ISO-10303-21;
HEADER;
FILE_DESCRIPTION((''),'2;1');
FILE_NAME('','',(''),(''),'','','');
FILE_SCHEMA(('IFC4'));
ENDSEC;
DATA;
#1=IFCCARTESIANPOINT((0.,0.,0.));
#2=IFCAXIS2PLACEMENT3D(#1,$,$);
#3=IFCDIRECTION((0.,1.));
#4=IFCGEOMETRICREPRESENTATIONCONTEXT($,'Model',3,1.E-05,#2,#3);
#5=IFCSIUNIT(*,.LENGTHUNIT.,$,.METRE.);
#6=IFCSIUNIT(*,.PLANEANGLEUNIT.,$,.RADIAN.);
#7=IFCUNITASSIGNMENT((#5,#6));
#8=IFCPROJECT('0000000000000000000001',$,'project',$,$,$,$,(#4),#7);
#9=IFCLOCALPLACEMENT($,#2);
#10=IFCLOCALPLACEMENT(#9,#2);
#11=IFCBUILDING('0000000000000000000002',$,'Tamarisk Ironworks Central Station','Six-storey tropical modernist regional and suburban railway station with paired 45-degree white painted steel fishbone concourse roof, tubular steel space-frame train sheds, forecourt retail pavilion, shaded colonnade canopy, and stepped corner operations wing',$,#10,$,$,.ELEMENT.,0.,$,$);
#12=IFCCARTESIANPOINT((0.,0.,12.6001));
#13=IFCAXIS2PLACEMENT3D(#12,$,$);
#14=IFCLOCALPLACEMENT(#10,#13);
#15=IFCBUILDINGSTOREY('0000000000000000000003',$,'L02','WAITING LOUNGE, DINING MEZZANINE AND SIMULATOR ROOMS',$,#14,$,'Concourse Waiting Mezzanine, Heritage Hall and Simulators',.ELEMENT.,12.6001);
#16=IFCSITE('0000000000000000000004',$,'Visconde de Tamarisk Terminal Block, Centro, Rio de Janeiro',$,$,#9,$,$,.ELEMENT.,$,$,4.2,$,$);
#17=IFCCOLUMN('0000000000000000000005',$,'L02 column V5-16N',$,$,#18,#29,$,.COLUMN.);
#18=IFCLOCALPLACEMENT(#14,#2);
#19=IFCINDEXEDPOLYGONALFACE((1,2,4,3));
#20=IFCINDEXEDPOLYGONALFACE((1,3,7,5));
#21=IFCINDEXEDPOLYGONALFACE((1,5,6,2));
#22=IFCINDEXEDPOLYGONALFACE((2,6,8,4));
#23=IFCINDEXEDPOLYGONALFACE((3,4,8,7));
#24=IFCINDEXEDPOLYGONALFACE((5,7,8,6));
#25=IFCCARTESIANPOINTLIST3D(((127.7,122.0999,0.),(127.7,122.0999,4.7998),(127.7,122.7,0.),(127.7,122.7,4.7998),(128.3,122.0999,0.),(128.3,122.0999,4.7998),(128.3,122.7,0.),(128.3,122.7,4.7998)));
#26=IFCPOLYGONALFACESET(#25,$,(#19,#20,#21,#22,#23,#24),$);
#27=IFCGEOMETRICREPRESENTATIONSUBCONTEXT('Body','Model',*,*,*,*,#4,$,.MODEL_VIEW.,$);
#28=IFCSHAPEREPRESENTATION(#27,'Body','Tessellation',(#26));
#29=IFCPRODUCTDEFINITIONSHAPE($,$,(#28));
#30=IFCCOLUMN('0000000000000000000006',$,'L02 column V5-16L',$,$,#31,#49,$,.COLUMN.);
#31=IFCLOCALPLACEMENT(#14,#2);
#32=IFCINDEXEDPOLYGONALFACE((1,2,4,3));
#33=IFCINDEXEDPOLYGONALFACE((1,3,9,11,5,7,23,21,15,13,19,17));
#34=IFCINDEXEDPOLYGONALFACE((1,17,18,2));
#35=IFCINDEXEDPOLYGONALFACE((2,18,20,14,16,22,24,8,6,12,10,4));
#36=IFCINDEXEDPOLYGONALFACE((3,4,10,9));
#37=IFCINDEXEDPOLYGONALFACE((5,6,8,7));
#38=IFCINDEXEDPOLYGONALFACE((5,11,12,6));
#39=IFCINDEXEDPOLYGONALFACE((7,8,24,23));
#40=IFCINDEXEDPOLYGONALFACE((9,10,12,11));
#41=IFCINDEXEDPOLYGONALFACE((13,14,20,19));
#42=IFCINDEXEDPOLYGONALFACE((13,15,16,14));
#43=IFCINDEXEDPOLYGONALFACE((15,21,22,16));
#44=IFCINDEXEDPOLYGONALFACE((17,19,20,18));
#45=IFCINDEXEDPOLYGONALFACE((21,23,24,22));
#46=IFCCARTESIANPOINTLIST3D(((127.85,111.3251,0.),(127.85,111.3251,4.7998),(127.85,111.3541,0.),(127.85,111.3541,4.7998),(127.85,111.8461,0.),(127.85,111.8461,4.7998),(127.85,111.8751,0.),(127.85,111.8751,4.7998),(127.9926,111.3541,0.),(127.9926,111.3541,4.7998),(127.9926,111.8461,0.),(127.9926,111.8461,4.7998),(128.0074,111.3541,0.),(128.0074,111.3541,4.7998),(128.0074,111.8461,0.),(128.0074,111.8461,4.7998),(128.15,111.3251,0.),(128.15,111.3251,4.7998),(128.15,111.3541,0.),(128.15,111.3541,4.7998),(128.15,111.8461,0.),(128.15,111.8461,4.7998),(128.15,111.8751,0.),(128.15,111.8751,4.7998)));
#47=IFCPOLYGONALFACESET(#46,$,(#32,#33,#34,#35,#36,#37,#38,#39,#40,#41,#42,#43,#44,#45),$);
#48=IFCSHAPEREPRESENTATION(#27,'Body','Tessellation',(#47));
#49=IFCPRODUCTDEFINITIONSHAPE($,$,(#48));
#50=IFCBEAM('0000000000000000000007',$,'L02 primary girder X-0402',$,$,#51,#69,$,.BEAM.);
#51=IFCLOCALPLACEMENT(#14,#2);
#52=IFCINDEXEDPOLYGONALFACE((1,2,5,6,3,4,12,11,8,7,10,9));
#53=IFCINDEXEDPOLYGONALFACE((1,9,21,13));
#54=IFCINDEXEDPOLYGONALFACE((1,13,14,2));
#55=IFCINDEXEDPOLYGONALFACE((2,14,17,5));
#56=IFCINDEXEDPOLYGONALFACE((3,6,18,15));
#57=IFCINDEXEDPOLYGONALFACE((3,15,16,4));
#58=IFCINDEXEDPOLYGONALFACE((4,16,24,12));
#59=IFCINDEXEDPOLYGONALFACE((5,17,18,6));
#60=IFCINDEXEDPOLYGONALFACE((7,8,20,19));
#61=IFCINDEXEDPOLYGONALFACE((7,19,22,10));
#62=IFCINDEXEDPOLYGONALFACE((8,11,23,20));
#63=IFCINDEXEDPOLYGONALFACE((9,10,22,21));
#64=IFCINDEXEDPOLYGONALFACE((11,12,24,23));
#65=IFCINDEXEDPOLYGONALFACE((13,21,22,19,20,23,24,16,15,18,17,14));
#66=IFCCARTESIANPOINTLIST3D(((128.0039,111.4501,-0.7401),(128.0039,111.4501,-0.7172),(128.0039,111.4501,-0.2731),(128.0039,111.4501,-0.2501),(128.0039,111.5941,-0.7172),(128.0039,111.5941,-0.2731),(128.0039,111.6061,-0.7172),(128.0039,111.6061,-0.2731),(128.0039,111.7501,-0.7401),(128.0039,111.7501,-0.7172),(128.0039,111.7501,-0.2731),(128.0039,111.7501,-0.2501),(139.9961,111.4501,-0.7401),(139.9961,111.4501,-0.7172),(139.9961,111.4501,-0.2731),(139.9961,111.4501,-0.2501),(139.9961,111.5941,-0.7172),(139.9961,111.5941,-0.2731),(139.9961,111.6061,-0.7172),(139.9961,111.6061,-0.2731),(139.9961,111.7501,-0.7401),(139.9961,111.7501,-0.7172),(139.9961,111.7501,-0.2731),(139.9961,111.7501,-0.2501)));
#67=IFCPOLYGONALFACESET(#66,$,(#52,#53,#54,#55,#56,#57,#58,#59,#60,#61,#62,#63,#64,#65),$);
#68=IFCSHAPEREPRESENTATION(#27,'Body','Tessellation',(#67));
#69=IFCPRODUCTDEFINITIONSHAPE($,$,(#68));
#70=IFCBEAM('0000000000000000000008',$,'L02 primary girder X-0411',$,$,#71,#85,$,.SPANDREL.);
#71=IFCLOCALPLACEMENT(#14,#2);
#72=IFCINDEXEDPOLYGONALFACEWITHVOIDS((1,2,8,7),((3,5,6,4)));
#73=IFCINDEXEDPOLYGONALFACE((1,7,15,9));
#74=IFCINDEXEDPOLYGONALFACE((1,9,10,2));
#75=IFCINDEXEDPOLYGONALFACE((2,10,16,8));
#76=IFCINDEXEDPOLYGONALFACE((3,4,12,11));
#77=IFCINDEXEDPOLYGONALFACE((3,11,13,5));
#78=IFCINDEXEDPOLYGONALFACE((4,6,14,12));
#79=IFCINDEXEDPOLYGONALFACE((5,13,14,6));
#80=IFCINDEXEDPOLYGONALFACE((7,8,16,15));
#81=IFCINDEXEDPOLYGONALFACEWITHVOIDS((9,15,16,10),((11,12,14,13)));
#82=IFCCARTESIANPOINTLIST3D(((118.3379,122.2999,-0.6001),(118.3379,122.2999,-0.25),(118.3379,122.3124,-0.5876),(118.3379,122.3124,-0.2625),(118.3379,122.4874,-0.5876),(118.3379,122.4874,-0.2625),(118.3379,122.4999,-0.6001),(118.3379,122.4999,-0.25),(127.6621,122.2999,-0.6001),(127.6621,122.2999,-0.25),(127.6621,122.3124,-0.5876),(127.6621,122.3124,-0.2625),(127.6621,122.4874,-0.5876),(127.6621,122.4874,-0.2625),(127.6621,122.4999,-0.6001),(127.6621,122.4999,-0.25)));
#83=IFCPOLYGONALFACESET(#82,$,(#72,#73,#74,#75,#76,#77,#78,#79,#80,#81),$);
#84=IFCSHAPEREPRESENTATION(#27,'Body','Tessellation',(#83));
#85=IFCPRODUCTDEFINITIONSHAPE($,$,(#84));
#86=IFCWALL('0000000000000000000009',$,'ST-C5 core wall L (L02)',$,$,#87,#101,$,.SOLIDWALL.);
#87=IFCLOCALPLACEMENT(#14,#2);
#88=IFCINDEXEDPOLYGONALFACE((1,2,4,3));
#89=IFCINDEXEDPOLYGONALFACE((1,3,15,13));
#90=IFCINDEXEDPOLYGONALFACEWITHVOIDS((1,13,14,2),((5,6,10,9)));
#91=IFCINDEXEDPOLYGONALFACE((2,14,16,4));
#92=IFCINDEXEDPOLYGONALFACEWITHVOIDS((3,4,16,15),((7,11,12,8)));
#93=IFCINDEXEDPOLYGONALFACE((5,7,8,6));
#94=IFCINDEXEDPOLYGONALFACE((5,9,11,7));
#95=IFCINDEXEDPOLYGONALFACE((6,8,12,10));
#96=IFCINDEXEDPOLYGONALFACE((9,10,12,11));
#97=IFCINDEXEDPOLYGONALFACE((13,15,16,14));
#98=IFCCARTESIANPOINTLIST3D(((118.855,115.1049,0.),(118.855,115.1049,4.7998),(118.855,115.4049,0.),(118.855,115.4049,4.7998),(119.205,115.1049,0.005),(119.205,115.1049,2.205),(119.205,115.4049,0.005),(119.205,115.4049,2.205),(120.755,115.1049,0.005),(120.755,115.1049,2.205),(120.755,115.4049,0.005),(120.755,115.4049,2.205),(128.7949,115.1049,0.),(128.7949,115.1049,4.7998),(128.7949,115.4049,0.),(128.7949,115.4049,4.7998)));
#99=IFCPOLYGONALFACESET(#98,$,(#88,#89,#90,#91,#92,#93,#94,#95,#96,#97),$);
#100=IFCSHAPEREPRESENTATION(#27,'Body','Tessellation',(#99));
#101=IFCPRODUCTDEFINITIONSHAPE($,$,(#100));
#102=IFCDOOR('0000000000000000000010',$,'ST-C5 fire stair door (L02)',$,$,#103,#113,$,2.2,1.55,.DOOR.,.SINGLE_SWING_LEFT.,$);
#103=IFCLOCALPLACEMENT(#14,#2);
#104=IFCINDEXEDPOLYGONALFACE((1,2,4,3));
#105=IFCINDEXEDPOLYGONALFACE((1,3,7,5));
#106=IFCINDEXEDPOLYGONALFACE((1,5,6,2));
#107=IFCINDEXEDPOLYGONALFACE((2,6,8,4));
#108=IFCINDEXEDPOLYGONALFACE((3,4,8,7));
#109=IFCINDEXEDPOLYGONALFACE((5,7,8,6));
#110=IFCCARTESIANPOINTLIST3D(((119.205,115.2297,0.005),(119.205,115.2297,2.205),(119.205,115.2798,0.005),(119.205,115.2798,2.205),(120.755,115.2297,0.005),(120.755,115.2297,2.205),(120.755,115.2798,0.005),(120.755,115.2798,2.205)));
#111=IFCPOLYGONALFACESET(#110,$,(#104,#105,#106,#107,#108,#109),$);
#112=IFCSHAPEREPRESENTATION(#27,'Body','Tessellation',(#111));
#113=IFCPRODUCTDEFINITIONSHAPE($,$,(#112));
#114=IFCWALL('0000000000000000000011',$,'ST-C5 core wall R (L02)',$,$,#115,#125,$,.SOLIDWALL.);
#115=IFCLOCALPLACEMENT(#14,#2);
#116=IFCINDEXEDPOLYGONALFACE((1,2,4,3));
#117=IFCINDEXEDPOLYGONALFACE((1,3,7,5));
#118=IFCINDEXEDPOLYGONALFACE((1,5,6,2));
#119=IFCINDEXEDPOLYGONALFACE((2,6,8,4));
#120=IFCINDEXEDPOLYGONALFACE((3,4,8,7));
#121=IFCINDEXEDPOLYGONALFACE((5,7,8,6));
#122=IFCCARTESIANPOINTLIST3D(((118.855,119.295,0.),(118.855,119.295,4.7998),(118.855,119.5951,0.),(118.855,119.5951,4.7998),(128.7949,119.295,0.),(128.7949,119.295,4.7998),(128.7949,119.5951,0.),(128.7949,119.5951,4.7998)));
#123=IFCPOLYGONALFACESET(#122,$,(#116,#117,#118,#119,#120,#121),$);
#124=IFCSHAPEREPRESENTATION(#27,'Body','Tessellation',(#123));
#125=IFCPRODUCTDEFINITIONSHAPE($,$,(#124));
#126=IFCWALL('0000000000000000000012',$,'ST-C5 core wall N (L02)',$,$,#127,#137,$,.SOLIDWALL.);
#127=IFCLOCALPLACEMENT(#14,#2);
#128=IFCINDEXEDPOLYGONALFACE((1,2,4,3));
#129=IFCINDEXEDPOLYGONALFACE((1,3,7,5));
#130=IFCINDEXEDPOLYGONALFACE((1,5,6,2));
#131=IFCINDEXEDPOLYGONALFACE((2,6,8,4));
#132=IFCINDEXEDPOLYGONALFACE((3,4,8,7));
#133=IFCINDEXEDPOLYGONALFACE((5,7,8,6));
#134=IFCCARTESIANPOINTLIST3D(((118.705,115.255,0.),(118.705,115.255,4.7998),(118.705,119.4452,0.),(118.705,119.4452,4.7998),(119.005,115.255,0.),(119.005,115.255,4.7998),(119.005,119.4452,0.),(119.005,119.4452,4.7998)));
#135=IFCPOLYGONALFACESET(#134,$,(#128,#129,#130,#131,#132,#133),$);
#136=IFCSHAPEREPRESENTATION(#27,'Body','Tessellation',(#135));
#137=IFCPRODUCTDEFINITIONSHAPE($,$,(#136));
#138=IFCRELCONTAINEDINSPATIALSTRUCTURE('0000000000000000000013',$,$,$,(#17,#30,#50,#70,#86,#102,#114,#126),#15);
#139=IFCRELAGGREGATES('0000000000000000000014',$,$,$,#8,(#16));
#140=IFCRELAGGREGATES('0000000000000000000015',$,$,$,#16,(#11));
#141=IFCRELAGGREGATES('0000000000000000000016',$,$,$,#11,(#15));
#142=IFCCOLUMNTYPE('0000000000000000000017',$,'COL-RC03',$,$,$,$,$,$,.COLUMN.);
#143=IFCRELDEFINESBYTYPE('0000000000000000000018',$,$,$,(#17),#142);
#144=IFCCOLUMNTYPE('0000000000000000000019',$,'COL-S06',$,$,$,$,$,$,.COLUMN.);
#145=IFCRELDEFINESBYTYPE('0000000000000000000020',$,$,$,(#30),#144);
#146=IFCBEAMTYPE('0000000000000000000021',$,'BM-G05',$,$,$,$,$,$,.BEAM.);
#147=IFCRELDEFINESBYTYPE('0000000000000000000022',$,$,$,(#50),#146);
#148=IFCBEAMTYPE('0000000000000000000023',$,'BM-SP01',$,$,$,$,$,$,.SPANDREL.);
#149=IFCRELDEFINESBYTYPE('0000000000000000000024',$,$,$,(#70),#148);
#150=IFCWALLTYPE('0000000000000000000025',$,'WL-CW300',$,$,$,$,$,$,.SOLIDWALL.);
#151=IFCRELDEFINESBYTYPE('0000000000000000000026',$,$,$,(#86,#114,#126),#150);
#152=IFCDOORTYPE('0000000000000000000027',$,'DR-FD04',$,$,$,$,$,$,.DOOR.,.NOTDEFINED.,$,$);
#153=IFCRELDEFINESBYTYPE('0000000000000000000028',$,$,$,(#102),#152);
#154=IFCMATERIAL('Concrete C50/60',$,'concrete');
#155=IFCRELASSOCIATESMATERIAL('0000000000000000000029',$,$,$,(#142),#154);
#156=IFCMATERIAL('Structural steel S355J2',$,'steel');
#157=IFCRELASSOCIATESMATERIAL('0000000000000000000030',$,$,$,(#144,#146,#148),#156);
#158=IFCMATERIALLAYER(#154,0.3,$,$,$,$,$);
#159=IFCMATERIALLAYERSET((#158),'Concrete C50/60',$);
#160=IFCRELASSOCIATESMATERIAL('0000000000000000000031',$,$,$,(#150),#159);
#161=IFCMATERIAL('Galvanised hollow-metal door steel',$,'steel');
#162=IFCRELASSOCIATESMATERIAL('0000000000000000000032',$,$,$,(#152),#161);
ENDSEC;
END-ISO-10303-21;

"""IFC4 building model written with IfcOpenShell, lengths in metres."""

from ifc_helpers import new_model, si_unit, direction, frame, frame_2d, origin, origin_2d, place, context, subcontext, project, spatial, rectangle, hollow_rectangle, i_section, extrude, material, layer, layer_set, material_profile, profile_set, type_object, element, fill, save


model = new_model("IFC4")

# Units and contexts
model_context = context("Model", 3, precision=1e-05, world=origin(), true_north=direction((0.0, 1.0)))
body_context = subcontext(model_context, "Body", "Model", "MODEL_VIEW")
ifc_project = project(units=[si_unit("LENGTHUNIT", "METRE"), si_unit("PLANEANGLEUNIT", "RADIAN")], contexts=[model_context])

# Site, building, storey
site_placement = place(None, origin())
site = spatial("IfcSite", under=ifc_project, at=site_placement, Name="Visconde de Tamarisk Terminal Block, Centro, Rio de Janeiro", CompositionType="ELEMENT", RefElevation=4.2)
building_placement = place(site_placement, origin())
building = spatial("IfcBuilding", under=site, at=building_placement, Name="Tamarisk Ironworks Central Station", Description="Six-storey tropical modernist regional and suburban railway station with paired 45-degree white painted steel fishbone concourse roof, tubular steel space-frame train sheds, forecourt retail pavilion, shaded colonnade canopy, and stepped corner operations wing", CompositionType="ELEMENT", ElevationOfRefHeight=0.0)
storey_placement = place(building_placement, frame((0.0, 0.0, 12.6001)))
storey = spatial("IfcBuildingStorey", under=building, at=storey_placement, Name="L02", Description="WAITING LOUNGE, DINING MEZZANINE AND SIMULATOR ROOMS", LongName="Concourse Waiting Mezzanine, Heritage Hall and Simulators", CompositionType="ELEMENT", Elevation=12.6001)

# Columns
ifc_material_1 = material(Name="Concrete C50/60", Category="concrete")
ifc_material_profile_1 = material_profile(ifc_material_1, rectangle(XDim=0.6001, YDim=0.6001, at=origin_2d()), Name="RC 600x600")
ifc_profile_set_1 = profile_set([ifc_material_profile_1], Name="Concrete C50/60")
column_type_1 = type_object("IfcColumnType", Name="COL-RC03", PredefinedType="COLUMN", material=ifc_profile_set_1)
column_1_placement = place(storey_placement, frame((128.0, 122.3999, 0.0), z_axis=(0.0, 0.0, 1.0), x_axis=(1.0, 0.0, 0.0)))
element("IfcColumn", 1, at=column_1_placement, inside=storey, type_object=column_type_1, Name="L02 column V5-16N", PredefinedType="COLUMN", context=body_context, shape_type="SweptSolid", body=[
    extrude(rectangle(XDim=0.6001, YDim=0.6001, at=origin_2d()), origin(), (0.0, 0.0, 1.0), 4.7998),
])
ifc_material_2 = material(Name="Structural steel S355J2", Category="steel")
ifc_material_profile_2 = material_profile(ifc_material_2, i_section(OverallWidth=0.3, OverallDepth=0.55, WebThickness=0.0149, FlangeThickness=0.0291, at=origin_2d()), Name="HEB 550")
ifc_profile_set_2 = profile_set([ifc_material_profile_2], Name="Structural steel S355J2")
column_type_2 = type_object("IfcColumnType", Name="COL-S06", PredefinedType="COLUMN", material=ifc_profile_set_2)
column_2_placement = place(storey_placement, frame((128.0, 111.6001, 0.0), z_axis=(0.0, 0.0, 1.0), x_axis=(1.0, 0.0, 0.0)))
element("IfcColumn", 2, at=column_2_placement, inside=storey, type_object=column_type_2, Name="L02 column V5-16L", PredefinedType="COLUMN", context=body_context, shape_type="SweptSolid", body=[
    extrude(i_section(OverallWidth=0.3, OverallDepth=0.55, WebThickness=0.0149, FlangeThickness=0.0291, at=origin_2d()), origin(), (0.0, 0.0, 1.0), 4.7998),
])

# Beams
ifc_material_profile_3 = material_profile(ifc_material_2, i_section(OverallWidth=0.3, OverallDepth=0.49, WebThickness=0.012, FlangeThickness=0.0229, at=origin_2d()), Name="HEA 500")
ifc_profile_set_3 = profile_set([ifc_material_profile_3], Name="Structural steel S355J2")
beam_type_1 = type_object("IfcBeamType", Name="BM-G05", PredefinedType="BEAM", material=ifc_profile_set_3)
beam_1_placement = place(storey_placement, frame((128.0039, 111.6001, -0.4951), z_axis=(1.0, 0.0, 0.0), x_axis=(0.0, 1.0, 0.0)))
element("IfcBeam", 3, at=beam_1_placement, inside=storey, type_object=beam_type_1, Name="L02 primary girder X-0402", PredefinedType="BEAM", context=body_context, shape_type="SweptSolid", body=[
    extrude(i_section(OverallWidth=0.3, OverallDepth=0.49, WebThickness=0.012, FlangeThickness=0.0229, at=origin_2d()), origin(), (0.0, 0.0, 1.0), 11.9922),
])
ifc_material_profile_4 = material_profile(ifc_material_2, hollow_rectangle(XDim=0.2, YDim=0.3501, WallThickness=0.0125, at=origin_2d()), Name="RHS 350x200x12.5")
ifc_profile_set_4 = profile_set([ifc_material_profile_4], Name="Structural steel S355J2")
beam_type_2 = type_object("IfcBeamType", Name="BM-SP01", PredefinedType="SPANDREL", material=ifc_profile_set_4)
beam_2_placement = place(storey_placement, frame((118.3379, 122.3999, -0.425), z_axis=(1.0, 0.0, 0.0), x_axis=(0.0, 1.0, 0.0)))
element("IfcBeam", 4, at=beam_2_placement, inside=storey, type_object=beam_type_2, Name="L02 primary girder X-0411", PredefinedType="SPANDREL", context=body_context, shape_type="SweptSolid", body=[
    extrude(hollow_rectangle(XDim=0.2, YDim=0.3501, WallThickness=0.0125, at=origin_2d()), origin(), (0.0, 0.0, 1.0), 9.3242),
])

# Wall, opening, door
ifc_layer_1 = layer(ifc_material_1, 0.3)
ifc_layer_set_1 = layer_set([ifc_layer_1], Name="Concrete C50/60")
wall_type = type_object("IfcWallType", Name="WL-CW300", PredefinedType="SOLIDWALL", material=ifc_layer_set_1)
wall_1_placement = place(storey_placement, frame((118.855, 115.2549, 0.0), z_axis=(0.0, 0.0, 1.0), x_axis=(1.0, 0.0, 0.0)))
wall_1 = element("IfcWall", 5, at=wall_1_placement, inside=storey, type_object=wall_type, Name="ST-C5 core wall L (L02)", PredefinedType="SOLIDWALL", context=body_context, shape_type="SweptSolid", body=[
    extrude(rectangle(XDim=9.9399, YDim=0.3, at=frame_2d((4.97, 0.0))), origin(), (0.0, 0.0, 1.0), 4.7998),
])
opening_placement = place(wall_1_placement, frame((0.3501, 0.0, 0.0049)))
opening = element("IfcOpeningElement", 6, at=opening_placement, cuts=wall_1, PredefinedType="OPENING", context=body_context, shape_type="SweptSolid", body=[
    extrude(rectangle(XDim=1.55, YDim=2.2, at=frame_2d((0.7749, 1.1001))), frame((0.0, 0.1621, 0.0), z_axis=(0.0, -1.0, 0.0), x_axis=(1.0, 0.0, 0.0)), (0.0, 0.0, 1.0), 0.324),
])
ifc_material_3 = material(Name="Galvanised hollow-metal door steel", Category="steel")
door_type = type_object("IfcDoorType", Name="DR-FD04", OperationType="NOTDEFINED", PredefinedType="DOOR", material=ifc_material_3)
door_placement = place(opening_placement, origin())
door = element("IfcDoor", 7, at=door_placement, inside=storey, type_object=door_type, Name="ST-C5 fire stair door (L02)", OperationType="SINGLE_SWING_LEFT", OverallHeight=2.2, OverallWidth=1.55, PredefinedType="DOOR", context=body_context, shape_type="SweptSolid", body=[
    extrude(rectangle(XDim=1.55, YDim=2.2, at=frame_2d((0.7749, 1.1001))), frame((0.0, 0.0249, 0.0), z_axis=(0.0, -1.0, 0.0), x_axis=(1.0, 0.0, 0.0)), (0.0, 0.0, 1.0), 0.05),
])
fill(opening, door)

# Walls
wall_2_placement = place(storey_placement, frame((118.855, 119.4451, 0.0), z_axis=(0.0, 0.0, 1.0), x_axis=(1.0, 0.0, 0.0)))
element("IfcWall", 8, at=wall_2_placement, inside=storey, type_object=wall_type, Name="ST-C5 core wall R (L02)", PredefinedType="SOLIDWALL", context=body_context, shape_type="SweptSolid", body=[
    extrude(rectangle(XDim=9.9399, YDim=0.3, at=frame_2d((4.97, 0.0))), origin(), (0.0, 0.0, 1.0), 4.7998),
])
wall_3_placement = place(storey_placement, frame((118.855, 115.2549, 0.0), z_axis=(0.0, 0.0, 1.0), x_axis=(0.0, 1.0, 0.0)))
element("IfcWall", 9, at=wall_3_placement, inside=storey, type_object=wall_type, Name="ST-C5 core wall N (L02)", PredefinedType="SOLIDWALL", context=body_context, shape_type="SweptSolid", body=[
    extrude(rectangle(XDim=4.1902, YDim=0.3, at=frame_2d((2.0952, 0.0))), origin(), (0.0, 0.0, 1.0), 4.7998),
])

save(model, "model.ifc")
